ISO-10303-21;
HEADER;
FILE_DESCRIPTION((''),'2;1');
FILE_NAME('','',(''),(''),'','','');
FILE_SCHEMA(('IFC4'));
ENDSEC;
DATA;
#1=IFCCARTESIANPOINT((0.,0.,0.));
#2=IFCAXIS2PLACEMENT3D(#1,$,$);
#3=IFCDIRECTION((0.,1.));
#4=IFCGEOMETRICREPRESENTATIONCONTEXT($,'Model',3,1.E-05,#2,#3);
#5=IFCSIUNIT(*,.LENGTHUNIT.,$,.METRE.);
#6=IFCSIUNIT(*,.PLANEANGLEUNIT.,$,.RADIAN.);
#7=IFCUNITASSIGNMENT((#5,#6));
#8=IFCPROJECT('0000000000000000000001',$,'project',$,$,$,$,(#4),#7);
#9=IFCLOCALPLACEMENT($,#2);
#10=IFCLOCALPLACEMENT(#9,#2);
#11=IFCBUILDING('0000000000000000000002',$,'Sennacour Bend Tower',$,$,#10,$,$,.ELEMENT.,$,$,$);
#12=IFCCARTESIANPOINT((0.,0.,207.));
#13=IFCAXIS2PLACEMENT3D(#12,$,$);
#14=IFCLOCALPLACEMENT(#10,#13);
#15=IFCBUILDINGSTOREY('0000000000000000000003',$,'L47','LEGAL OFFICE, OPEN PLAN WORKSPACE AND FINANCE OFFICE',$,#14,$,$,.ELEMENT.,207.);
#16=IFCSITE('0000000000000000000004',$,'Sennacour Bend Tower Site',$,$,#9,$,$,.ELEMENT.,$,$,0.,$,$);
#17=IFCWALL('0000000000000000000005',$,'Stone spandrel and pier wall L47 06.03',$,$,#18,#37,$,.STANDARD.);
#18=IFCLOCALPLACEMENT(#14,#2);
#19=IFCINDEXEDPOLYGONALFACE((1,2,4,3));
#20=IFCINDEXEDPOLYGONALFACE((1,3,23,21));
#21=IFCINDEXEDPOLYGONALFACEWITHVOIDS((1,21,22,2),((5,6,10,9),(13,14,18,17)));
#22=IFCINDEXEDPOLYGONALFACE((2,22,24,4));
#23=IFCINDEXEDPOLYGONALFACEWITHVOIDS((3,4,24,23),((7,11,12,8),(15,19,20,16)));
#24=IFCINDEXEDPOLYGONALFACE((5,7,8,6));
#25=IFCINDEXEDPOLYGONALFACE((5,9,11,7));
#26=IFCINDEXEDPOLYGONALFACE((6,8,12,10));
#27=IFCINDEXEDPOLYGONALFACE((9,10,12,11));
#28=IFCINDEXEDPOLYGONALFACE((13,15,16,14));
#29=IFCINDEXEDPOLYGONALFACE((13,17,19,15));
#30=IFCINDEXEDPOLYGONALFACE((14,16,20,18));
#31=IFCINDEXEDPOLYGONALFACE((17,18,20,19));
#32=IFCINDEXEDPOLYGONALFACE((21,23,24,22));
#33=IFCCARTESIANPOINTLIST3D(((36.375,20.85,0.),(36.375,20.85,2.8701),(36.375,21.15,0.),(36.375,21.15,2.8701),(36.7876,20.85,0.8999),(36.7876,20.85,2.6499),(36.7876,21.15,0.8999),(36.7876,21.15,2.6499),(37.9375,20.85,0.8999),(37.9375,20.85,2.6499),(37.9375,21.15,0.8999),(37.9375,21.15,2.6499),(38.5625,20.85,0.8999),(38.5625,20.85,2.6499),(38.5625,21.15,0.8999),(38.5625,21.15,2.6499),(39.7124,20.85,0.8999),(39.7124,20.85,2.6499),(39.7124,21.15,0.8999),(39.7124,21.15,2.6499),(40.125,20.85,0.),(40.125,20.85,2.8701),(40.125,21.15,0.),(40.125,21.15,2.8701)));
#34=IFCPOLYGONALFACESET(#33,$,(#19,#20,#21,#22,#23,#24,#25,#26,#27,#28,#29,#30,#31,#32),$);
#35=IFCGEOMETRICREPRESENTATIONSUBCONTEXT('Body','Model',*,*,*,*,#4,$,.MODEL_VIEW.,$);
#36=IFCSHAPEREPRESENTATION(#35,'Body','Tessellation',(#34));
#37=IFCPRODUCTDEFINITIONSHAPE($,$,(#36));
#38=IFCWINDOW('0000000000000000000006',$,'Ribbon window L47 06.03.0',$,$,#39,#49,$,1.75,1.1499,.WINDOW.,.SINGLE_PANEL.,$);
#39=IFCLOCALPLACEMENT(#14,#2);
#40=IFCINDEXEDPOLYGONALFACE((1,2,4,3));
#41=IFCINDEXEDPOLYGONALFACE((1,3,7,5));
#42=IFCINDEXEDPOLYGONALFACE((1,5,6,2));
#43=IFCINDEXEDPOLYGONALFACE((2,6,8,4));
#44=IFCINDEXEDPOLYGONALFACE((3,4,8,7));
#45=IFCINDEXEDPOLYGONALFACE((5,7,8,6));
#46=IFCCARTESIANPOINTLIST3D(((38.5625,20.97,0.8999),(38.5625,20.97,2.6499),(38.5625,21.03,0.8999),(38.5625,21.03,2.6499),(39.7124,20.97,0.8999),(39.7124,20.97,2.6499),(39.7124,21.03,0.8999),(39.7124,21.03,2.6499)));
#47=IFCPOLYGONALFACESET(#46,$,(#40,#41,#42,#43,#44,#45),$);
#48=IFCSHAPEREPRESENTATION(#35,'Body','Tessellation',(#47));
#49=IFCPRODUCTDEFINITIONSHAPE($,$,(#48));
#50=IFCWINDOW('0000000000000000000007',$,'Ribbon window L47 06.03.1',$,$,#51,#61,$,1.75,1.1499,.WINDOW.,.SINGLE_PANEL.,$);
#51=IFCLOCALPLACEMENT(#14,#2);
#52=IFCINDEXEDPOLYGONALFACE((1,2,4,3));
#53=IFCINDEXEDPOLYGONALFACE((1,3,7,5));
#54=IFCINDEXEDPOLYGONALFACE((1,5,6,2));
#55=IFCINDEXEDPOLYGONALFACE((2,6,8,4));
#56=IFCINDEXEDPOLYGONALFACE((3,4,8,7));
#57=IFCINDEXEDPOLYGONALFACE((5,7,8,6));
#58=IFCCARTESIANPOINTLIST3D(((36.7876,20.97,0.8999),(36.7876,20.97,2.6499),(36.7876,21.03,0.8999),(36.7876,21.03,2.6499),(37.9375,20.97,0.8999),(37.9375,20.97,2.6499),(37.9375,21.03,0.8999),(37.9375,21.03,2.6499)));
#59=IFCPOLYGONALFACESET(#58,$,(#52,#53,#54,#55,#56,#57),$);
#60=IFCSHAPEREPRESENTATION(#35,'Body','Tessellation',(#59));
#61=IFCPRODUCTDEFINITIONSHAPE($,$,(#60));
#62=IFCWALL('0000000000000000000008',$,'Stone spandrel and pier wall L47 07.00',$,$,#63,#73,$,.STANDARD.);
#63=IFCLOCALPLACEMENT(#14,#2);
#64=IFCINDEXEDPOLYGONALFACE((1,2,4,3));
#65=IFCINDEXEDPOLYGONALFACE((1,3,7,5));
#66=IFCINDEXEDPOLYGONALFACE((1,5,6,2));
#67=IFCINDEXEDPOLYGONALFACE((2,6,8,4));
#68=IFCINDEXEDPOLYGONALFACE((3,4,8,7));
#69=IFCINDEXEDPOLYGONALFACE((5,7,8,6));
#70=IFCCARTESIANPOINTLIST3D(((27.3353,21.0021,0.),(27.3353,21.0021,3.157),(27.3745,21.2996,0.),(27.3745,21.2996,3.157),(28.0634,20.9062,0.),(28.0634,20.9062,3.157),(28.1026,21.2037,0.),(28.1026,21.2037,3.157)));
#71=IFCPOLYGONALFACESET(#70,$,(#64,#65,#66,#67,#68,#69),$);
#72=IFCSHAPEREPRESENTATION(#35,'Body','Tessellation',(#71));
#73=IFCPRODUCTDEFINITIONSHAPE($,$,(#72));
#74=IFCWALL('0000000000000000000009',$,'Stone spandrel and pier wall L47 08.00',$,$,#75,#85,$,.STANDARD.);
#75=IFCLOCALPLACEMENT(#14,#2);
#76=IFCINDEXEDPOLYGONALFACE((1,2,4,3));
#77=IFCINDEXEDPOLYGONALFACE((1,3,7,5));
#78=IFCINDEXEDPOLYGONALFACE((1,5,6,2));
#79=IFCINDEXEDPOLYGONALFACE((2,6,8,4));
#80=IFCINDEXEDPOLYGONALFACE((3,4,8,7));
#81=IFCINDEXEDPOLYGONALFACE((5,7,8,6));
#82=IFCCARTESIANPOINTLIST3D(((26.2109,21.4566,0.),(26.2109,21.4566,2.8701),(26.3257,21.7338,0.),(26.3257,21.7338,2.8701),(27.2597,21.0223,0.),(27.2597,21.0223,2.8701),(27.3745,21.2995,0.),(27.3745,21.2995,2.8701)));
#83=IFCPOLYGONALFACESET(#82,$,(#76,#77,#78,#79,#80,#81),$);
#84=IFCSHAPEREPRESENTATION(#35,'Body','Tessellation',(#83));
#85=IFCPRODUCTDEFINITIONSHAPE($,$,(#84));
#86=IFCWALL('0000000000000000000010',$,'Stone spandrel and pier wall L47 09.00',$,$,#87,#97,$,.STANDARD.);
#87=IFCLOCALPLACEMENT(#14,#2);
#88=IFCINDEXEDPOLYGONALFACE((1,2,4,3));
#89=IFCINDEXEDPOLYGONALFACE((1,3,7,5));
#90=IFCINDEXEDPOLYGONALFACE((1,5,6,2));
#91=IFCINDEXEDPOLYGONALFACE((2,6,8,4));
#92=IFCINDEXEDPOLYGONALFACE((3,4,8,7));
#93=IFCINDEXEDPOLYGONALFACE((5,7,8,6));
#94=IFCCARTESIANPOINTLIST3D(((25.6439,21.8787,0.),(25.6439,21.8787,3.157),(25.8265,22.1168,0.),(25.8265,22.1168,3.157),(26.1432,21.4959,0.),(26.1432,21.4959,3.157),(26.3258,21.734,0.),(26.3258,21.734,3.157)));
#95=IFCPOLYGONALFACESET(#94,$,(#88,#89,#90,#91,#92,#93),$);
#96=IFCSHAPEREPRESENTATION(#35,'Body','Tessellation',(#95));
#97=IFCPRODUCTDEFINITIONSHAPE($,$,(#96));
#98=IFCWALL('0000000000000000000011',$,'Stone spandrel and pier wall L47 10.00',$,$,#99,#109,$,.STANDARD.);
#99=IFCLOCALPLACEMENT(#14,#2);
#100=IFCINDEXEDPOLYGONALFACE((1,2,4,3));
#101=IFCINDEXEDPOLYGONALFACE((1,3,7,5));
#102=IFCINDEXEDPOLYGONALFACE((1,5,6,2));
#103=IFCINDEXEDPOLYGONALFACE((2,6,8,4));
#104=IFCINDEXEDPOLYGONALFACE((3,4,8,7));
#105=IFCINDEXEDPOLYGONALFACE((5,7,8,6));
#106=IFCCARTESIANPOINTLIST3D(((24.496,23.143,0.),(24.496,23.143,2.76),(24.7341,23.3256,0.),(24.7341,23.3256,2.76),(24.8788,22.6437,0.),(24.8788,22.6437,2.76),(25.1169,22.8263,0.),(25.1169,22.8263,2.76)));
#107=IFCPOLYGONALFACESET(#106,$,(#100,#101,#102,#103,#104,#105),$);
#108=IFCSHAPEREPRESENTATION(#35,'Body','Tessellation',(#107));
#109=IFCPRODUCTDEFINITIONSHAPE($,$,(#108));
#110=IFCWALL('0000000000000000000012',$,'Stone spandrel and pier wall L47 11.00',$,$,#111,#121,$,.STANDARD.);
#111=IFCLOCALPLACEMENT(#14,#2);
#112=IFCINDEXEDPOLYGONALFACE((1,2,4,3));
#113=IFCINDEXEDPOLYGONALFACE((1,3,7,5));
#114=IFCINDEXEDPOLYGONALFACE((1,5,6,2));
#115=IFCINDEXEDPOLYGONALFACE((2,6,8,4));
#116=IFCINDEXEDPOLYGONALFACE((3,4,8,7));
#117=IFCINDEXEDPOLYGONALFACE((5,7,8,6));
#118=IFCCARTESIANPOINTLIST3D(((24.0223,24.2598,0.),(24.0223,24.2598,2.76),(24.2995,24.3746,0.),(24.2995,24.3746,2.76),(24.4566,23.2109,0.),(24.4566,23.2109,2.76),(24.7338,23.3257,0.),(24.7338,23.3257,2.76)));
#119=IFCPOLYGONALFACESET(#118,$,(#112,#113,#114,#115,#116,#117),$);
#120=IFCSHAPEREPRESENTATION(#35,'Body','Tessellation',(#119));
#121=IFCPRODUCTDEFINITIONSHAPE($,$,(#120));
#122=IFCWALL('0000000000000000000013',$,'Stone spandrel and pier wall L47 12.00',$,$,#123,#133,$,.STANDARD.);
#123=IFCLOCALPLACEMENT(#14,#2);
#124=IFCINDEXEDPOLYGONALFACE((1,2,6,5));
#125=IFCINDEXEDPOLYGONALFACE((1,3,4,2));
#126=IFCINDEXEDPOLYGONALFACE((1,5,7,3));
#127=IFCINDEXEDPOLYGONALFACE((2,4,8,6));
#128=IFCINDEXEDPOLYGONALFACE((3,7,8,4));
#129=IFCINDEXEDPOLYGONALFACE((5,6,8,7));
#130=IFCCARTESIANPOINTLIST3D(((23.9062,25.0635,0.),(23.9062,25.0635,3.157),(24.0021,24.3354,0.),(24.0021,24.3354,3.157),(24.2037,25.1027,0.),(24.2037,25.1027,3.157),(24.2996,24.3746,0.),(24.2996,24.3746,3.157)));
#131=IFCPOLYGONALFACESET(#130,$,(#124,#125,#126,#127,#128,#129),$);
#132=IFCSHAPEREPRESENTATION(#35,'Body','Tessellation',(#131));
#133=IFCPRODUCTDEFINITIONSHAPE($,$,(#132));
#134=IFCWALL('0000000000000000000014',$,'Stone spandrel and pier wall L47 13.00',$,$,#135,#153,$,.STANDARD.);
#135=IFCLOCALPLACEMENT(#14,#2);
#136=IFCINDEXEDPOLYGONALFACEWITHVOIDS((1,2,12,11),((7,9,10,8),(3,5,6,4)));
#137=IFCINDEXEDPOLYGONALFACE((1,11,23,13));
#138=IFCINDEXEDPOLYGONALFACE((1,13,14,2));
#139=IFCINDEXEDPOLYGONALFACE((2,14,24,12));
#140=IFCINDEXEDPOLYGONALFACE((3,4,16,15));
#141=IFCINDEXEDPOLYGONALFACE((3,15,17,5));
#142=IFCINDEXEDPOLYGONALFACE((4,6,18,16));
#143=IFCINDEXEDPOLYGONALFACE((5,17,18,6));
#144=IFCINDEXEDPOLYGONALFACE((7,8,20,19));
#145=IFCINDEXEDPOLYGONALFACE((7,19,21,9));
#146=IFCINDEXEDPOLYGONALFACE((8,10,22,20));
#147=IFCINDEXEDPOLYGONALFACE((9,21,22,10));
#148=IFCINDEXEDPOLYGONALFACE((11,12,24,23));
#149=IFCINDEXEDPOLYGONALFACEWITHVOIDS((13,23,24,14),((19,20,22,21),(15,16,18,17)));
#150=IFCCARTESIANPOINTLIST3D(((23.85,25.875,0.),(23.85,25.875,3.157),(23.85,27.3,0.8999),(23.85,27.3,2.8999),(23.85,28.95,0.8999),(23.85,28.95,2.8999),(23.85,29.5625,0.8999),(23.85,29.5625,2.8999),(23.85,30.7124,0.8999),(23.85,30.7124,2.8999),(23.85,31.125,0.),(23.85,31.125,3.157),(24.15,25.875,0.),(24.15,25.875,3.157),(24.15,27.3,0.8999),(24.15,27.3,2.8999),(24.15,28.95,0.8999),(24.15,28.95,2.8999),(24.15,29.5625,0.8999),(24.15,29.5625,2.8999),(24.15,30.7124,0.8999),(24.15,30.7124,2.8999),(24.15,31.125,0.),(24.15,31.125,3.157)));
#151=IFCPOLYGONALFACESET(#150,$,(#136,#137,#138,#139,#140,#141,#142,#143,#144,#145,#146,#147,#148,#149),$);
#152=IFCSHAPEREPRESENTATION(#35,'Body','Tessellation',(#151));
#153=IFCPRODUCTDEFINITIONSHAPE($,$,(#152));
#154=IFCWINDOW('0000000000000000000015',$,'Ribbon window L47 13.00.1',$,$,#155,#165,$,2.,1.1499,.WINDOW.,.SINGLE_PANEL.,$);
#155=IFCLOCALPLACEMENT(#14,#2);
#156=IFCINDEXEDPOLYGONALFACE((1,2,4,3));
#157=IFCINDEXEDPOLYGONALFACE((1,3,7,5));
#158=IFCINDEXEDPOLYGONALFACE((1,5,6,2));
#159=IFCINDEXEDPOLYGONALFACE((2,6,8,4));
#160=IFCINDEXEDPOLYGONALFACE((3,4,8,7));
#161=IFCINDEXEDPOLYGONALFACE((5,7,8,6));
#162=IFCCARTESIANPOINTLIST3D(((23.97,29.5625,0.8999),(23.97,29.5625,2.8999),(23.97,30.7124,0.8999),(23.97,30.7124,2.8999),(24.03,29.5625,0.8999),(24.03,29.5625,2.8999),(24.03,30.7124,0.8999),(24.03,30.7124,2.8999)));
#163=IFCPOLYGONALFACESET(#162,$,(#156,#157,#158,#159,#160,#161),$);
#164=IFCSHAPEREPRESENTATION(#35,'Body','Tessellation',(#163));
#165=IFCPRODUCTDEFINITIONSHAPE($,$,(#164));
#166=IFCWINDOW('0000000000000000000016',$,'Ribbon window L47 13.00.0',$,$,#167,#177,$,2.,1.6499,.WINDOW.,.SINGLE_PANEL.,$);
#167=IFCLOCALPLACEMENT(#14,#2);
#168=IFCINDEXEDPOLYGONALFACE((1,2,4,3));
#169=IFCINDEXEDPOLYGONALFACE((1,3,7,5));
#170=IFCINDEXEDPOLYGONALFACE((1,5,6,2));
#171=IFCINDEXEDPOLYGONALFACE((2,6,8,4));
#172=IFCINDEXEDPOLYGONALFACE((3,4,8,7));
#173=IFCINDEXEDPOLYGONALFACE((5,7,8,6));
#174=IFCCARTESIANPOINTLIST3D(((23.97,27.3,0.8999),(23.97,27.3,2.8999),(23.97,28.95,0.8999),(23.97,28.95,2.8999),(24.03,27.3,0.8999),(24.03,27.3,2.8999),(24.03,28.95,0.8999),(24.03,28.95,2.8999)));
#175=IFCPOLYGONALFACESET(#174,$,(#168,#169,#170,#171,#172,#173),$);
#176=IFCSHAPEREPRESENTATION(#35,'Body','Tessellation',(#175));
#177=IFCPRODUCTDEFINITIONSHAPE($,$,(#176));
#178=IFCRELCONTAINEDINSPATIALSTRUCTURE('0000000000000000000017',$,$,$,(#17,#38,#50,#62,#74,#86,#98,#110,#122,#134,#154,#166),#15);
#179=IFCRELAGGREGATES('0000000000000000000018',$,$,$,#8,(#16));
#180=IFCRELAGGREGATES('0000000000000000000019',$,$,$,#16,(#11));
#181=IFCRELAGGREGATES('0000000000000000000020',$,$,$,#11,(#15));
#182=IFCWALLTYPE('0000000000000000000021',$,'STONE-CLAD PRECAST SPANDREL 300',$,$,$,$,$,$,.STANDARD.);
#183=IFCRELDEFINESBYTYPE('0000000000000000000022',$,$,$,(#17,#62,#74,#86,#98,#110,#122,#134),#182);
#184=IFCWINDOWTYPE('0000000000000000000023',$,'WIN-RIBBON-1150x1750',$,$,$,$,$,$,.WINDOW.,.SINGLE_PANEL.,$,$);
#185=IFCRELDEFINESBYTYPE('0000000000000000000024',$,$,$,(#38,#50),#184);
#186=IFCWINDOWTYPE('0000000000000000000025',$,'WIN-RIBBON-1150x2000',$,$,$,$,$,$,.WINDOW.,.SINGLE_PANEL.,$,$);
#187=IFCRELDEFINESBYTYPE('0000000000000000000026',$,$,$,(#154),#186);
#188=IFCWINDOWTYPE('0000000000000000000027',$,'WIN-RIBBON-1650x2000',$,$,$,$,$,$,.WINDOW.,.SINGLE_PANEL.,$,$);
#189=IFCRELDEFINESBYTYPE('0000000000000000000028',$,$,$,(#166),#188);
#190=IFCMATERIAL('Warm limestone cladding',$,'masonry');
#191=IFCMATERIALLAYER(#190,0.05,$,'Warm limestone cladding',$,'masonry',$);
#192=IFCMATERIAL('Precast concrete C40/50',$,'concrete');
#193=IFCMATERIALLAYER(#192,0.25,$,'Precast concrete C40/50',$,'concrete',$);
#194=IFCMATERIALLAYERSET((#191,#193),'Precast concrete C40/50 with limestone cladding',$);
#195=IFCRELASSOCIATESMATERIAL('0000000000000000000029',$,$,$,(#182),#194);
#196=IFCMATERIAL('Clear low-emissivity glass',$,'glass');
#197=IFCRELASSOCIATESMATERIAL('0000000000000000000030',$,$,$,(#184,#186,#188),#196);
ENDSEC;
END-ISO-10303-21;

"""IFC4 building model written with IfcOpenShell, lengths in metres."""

from ifc_helpers import new_model, si_unit, direction, frame, frame_2d, origin, place, context, subcontext, project, spatial, rectangle, extrude, material, layer, layer_set, type_object, element, fill, save


model = new_model("IFC4")

# Units and contexts
model_context = context("Model", 3, precision=1e-05, world=origin(), true_north=direction((0.0, 1.0)))
body_context = subcontext(model_context, "Body", "Model", "MODEL_VIEW")
ifc_project = project(units=[si_unit("LENGTHUNIT", "METRE"), si_unit("PLANEANGLEUNIT", "RADIAN")], contexts=[model_context])

# Site, building, storey
site_placement = place(None, origin())
site = spatial("IfcSite", under=ifc_project, at=site_placement, Name="Sennacour Bend Tower Site", CompositionType="ELEMENT", RefElevation=0.0)
building_placement = place(site_placement, origin())
building = spatial("IfcBuilding", under=site, at=building_placement, Name="Sennacour Bend Tower", CompositionType="ELEMENT")
storey_placement = place(building_placement, frame((0.0, 0.0, 207.0)))
storey = spatial("IfcBuildingStorey", under=building, at=storey_placement, Name="L47", Description="LEGAL OFFICE, OPEN PLAN WORKSPACE AND FINANCE OFFICE", CompositionType="ELEMENT", Elevation=207.0)

# Wall, openings, windows
ifc_material_1 = material(Name="Warm limestone cladding", Category="masonry")
ifc_layer_1 = layer(ifc_material_1, 0.05, Name="Warm limestone cladding", Category="masonry")
ifc_material_2 = material(Name="Precast concrete C40/50", Category="concrete")
ifc_layer_2 = layer(ifc_material_2, 0.25, Name="Precast concrete C40/50", Category="concrete")
ifc_layer_set = layer_set([ifc_layer_1, ifc_layer_2], Name="Precast concrete C40/50 with limestone cladding")
wall_type = type_object("IfcWallType", Name="STONE-CLAD PRECAST SPANDREL 300", PredefinedType="STANDARD", material=ifc_layer_set)
wall_1_placement = place(storey_placement, frame((40.125, 21.0, 0.0), z_axis=(0.0, 0.0, 1.0), x_axis=(-1.0, 0.0, 0.0)))
wall_1 = element("IfcWall", 1, at=wall_1_placement, inside=storey, type_object=wall_type, Name="Stone spandrel and pier wall L47 06.03", PredefinedType="STANDARD", context=body_context, shape_type="SweptSolid", body=[
    extrude(rectangle(XDim=3.75, YDim=0.3, at=frame_2d((1.875, 0.0))), origin(), (0.0, 0.0, 1.0), 2.8701),
])
opening_1_placement = place(wall_1_placement, frame((0.4126, 0.0, 0.8999)))
opening_1 = element("IfcOpeningElement", 2, at=opening_1_placement, cuts=wall_1, PredefinedType="OPENING", context=body_context, shape_type="SweptSolid", body=[
    extrude(rectangle(XDim=1.1499, YDim=1.75, at=frame_2d((0.575, 0.875))), frame((0.0, 0.1602, 0.0), z_axis=(0.0, -1.0, 0.0), x_axis=(1.0, 0.0, 0.0)), (0.0, 0.0, 1.0), 0.3201),
])
opening_2_placement = place(wall_1_placement, frame((2.1875, 0.0, 0.8999)))
opening_2 = element("IfcOpeningElement", 3, at=opening_2_placement, cuts=wall_1, PredefinedType="OPENING", context=body_context, shape_type="SweptSolid", body=[
    extrude(rectangle(XDim=1.1499, YDim=1.75, at=frame_2d((0.575, 0.875))), frame((0.0, 0.1602, 0.0), z_axis=(0.0, -1.0, 0.0), x_axis=(1.0, 0.0, 0.0)), (0.0, 0.0, 1.0), 0.3201),
])
ifc_material_3 = material(Name="Clear low-emissivity glass", Category="glass")
window_type_1 = type_object("IfcWindowType", Name="WIN-RIBBON-1150x1750", PartitioningType="SINGLE_PANEL", PredefinedType="WINDOW", material=ifc_material_3)
window_1_placement = place(opening_1_placement, origin())
window_1 = element("IfcWindow", 4, at=window_1_placement, inside=storey, type_object=window_type_1, Name="Ribbon window L47 06.03.0", OverallHeight=1.75, OverallWidth=1.1499, PartitioningType="SINGLE_PANEL", PredefinedType="WINDOW", context=body_context, shape_type="SweptSolid", body=[
    extrude(rectangle(XDim=1.1499, YDim=1.75, at=frame_2d((0.575, 0.875))), frame((0.0, 0.03, 0.0), z_axis=(0.0, -1.0, 0.0), x_axis=(1.0, 0.0, 0.0)), (0.0, 0.0, 1.0), 0.0601),
])
fill(opening_1, window_1)
window_2_placement = place(opening_2_placement, origin())
window_2 = element("IfcWindow", 5, at=window_2_placement, inside=storey, type_object=window_type_1, Name="Ribbon window L47 06.03.1", OverallHeight=1.75, OverallWidth=1.1499, PartitioningType="SINGLE_PANEL", PredefinedType="WINDOW", context=body_context, shape_type="SweptSolid", body=[
    extrude(rectangle(XDim=1.1499, YDim=1.75, at=frame_2d((0.575, 0.875))), frame((0.0, 0.03, 0.0), z_axis=(0.0, -1.0, 0.0), x_axis=(1.0, 0.0, 0.0)), (0.0, 0.0, 1.0), 0.0601),
])
fill(opening_2, window_2)

# Walls
wall_2_placement = place(storey_placement, frame((28.083, 21.0549, 0.0), z_axis=(0.0, 0.0, 1.0), x_axis=(-0.991427, 0.130661, 0.0)))
element("IfcWall", 6, at=wall_2_placement, inside=storey, type_object=wall_type, Name="Stone spandrel and pier wall L47 07.00", PredefinedType="STANDARD", context=body_context, shape_type="SweptSolid", body=[
    extrude(rectangle(XDim=0.7344, YDim=0.3, at=frame_2d((0.3672, 0.0))), origin(), (0.0, 0.0, 1.0), 3.157),
])
wall_3_placement = place(storey_placement, frame((27.3171, 21.1609, 0.0), z_axis=(0.0, 0.0, 1.0), x_axis=(-0.923915, 0.382599, 0.0)))
element("IfcWall", 7, at=wall_3_placement, inside=storey, type_object=wall_type, Name="Stone spandrel and pier wall L47 08.00", PredefinedType="STANDARD", context=body_context, shape_type="SweptSolid", body=[
    extrude(rectangle(XDim=1.1353, YDim=0.3, at=frame_2d((0.5676, 0.0))), origin(), (0.0, 0.0, 1.0), 2.8701),
])
wall_4_placement = place(storey_placement, frame((26.2344, 21.615, 0.0), z_axis=(0.0, 0.0, 1.0), x_axis=(-0.793575, 0.608472, 0.0)))
element("IfcWall", 8, at=wall_4_placement, inside=storey, type_object=wall_type, Name="Stone spandrel and pier wall L47 09.00", PredefinedType="STANDARD", context=body_context, shape_type="SweptSolid", body=[
    extrude(rectangle(XDim=0.6292, YDim=0.3, at=frame_2d((0.3145, 0.0))), origin(), (0.0, 0.0, 1.0), 3.157),
])
wall_5_placement = place(storey_placement, frame((24.9978, 22.7351, 0.0), z_axis=(0.0, 0.0, 1.0), x_axis=(-0.608472, 0.793575, 0.0)))
element("IfcWall", 9, at=wall_5_placement, inside=storey, type_object=wall_type, Name="Stone spandrel and pier wall L47 10.00", PredefinedType="STANDARD", context=body_context, shape_type="SweptSolid", body=[
    extrude(rectangle(XDim=0.6292, YDim=0.3, at=frame_2d((0.3145, 0.0))), origin(), (0.0, 0.0, 1.0), 2.76),
])
wall_6_placement = place(storey_placement, frame((24.5952, 23.2683, 0.0), z_axis=(0.0, 0.0, 1.0), x_axis=(-0.382599, 0.923915, 0.0)))
element("IfcWall", 10, at=wall_6_placement, inside=storey, type_object=wall_type, Name="Stone spandrel and pier wall L47 11.00", PredefinedType="STANDARD", context=body_context, shape_type="SweptSolid", body=[
    extrude(rectangle(XDim=1.1353, YDim=0.3, at=frame_2d((0.5676, 0.0))), origin(), (0.0, 0.0, 1.0), 2.76),
])
wall_7_placement = place(storey_placement, frame((24.1509, 24.355, 0.0), z_axis=(0.0, 0.0, 1.0), x_axis=(-0.130661, 0.991427, 0.0)))
element("IfcWall", 11, at=wall_7_placement, inside=storey, type_object=wall_type, Name="Stone spandrel and pier wall L47 12.00", PredefinedType="STANDARD", context=body_context, shape_type="SweptSolid", body=[
    extrude(rectangle(XDim=0.7344, YDim=0.3, at=frame_2d((0.3672, 0.0))), origin(), (0.0, 0.0, 1.0), 3.157),
])

# Wall, openings, windows
wall_8_placement = place(storey_placement, frame((24.0, 25.875, 0.0), z_axis=(0.0, 0.0, 1.0), x_axis=(0.0, 1.0, 0.0)))
wall_8 = element("IfcWall", 12, at=wall_8_placement, inside=storey, type_object=wall_type, Name="Stone spandrel and pier wall L47 13.00", PredefinedType="STANDARD", context=body_context, shape_type="SweptSolid", body=[
    extrude(rectangle(XDim=5.25, YDim=0.3, at=frame_2d((2.625, 0.0))), origin(), (0.0, 0.0, 1.0), 3.157),
])
opening_3_placement = place(wall_8_placement, frame((1.425, 0.0, 0.8999)))
opening_3 = element("IfcOpeningElement", 13, at=opening_3_placement, cuts=wall_8, PredefinedType="OPENING", context=body_context, shape_type="SweptSolid", body=[
    extrude(rectangle(XDim=1.6499, YDim=2.0, at=frame_2d((0.825, 1.0))), frame((0.0, 0.1602, 0.0), z_axis=(0.0, -1.0, 0.0), x_axis=(1.0, 0.0, 0.0)), (0.0, 0.0, 1.0), 0.3201),
])
opening_4_placement = place(wall_8_placement, frame((3.6875, 0.0, 0.8999)))
opening_4 = element("IfcOpeningElement", 14, at=opening_4_placement, cuts=wall_8, PredefinedType="OPENING", context=body_context, shape_type="SweptSolid", body=[
    extrude(rectangle(XDim=1.1499, YDim=2.0, at=frame_2d((0.575, 1.0))), frame((0.0, 0.1602, 0.0), z_axis=(0.0, -1.0, 0.0), x_axis=(1.0, 0.0, 0.0)), (0.0, 0.0, 1.0), 0.3201),
])
window_type_2 = type_object("IfcWindowType", Name="WIN-RIBBON-1150x2000", PartitioningType="SINGLE_PANEL", PredefinedType="WINDOW", material=ifc_material_3)
window_3_placement = place(opening_4_placement, origin())
window_3 = element("IfcWindow", 15, at=window_3_placement, inside=storey, type_object=window_type_2, Name="Ribbon window L47 13.00.1", OverallHeight=2.0, OverallWidth=1.1499, PartitioningType="SINGLE_PANEL", PredefinedType="WINDOW", context=body_context, shape_type="SweptSolid", body=[
    extrude(rectangle(XDim=1.1499, YDim=2.0, at=frame_2d((0.575, 1.0))), frame((0.0, 0.03, 0.0), z_axis=(0.0, -1.0, 0.0), x_axis=(1.0, 0.0, 0.0)), (0.0, 0.0, 1.0), 0.0601),
])
fill(opening_4, window_3)
window_type_3 = type_object("IfcWindowType", Name="WIN-RIBBON-1650x2000", PartitioningType="SINGLE_PANEL", PredefinedType="WINDOW", material=ifc_material_3)
window_4_placement = place(opening_3_placement, origin())
window_4 = element("IfcWindow", 16, at=window_4_placement, inside=storey, type_object=window_type_3, Name="Ribbon window L47 13.00.0", OverallHeight=2.0, OverallWidth=1.6499, PartitioningType="SINGLE_PANEL", PredefinedType="WINDOW", context=body_context, shape_type="SweptSolid", body=[
    extrude(rectangle(XDim=1.6499, YDim=2.0, at=frame_2d((0.825, 1.0))), frame((0.0, 0.03, 0.0), z_axis=(0.0, -1.0, 0.0), x_axis=(1.0, 0.0, 0.0)), (0.0, 0.0, 1.0), 0.0601),
])
fill(opening_3, window_4)

save(model, "model.ifc")
